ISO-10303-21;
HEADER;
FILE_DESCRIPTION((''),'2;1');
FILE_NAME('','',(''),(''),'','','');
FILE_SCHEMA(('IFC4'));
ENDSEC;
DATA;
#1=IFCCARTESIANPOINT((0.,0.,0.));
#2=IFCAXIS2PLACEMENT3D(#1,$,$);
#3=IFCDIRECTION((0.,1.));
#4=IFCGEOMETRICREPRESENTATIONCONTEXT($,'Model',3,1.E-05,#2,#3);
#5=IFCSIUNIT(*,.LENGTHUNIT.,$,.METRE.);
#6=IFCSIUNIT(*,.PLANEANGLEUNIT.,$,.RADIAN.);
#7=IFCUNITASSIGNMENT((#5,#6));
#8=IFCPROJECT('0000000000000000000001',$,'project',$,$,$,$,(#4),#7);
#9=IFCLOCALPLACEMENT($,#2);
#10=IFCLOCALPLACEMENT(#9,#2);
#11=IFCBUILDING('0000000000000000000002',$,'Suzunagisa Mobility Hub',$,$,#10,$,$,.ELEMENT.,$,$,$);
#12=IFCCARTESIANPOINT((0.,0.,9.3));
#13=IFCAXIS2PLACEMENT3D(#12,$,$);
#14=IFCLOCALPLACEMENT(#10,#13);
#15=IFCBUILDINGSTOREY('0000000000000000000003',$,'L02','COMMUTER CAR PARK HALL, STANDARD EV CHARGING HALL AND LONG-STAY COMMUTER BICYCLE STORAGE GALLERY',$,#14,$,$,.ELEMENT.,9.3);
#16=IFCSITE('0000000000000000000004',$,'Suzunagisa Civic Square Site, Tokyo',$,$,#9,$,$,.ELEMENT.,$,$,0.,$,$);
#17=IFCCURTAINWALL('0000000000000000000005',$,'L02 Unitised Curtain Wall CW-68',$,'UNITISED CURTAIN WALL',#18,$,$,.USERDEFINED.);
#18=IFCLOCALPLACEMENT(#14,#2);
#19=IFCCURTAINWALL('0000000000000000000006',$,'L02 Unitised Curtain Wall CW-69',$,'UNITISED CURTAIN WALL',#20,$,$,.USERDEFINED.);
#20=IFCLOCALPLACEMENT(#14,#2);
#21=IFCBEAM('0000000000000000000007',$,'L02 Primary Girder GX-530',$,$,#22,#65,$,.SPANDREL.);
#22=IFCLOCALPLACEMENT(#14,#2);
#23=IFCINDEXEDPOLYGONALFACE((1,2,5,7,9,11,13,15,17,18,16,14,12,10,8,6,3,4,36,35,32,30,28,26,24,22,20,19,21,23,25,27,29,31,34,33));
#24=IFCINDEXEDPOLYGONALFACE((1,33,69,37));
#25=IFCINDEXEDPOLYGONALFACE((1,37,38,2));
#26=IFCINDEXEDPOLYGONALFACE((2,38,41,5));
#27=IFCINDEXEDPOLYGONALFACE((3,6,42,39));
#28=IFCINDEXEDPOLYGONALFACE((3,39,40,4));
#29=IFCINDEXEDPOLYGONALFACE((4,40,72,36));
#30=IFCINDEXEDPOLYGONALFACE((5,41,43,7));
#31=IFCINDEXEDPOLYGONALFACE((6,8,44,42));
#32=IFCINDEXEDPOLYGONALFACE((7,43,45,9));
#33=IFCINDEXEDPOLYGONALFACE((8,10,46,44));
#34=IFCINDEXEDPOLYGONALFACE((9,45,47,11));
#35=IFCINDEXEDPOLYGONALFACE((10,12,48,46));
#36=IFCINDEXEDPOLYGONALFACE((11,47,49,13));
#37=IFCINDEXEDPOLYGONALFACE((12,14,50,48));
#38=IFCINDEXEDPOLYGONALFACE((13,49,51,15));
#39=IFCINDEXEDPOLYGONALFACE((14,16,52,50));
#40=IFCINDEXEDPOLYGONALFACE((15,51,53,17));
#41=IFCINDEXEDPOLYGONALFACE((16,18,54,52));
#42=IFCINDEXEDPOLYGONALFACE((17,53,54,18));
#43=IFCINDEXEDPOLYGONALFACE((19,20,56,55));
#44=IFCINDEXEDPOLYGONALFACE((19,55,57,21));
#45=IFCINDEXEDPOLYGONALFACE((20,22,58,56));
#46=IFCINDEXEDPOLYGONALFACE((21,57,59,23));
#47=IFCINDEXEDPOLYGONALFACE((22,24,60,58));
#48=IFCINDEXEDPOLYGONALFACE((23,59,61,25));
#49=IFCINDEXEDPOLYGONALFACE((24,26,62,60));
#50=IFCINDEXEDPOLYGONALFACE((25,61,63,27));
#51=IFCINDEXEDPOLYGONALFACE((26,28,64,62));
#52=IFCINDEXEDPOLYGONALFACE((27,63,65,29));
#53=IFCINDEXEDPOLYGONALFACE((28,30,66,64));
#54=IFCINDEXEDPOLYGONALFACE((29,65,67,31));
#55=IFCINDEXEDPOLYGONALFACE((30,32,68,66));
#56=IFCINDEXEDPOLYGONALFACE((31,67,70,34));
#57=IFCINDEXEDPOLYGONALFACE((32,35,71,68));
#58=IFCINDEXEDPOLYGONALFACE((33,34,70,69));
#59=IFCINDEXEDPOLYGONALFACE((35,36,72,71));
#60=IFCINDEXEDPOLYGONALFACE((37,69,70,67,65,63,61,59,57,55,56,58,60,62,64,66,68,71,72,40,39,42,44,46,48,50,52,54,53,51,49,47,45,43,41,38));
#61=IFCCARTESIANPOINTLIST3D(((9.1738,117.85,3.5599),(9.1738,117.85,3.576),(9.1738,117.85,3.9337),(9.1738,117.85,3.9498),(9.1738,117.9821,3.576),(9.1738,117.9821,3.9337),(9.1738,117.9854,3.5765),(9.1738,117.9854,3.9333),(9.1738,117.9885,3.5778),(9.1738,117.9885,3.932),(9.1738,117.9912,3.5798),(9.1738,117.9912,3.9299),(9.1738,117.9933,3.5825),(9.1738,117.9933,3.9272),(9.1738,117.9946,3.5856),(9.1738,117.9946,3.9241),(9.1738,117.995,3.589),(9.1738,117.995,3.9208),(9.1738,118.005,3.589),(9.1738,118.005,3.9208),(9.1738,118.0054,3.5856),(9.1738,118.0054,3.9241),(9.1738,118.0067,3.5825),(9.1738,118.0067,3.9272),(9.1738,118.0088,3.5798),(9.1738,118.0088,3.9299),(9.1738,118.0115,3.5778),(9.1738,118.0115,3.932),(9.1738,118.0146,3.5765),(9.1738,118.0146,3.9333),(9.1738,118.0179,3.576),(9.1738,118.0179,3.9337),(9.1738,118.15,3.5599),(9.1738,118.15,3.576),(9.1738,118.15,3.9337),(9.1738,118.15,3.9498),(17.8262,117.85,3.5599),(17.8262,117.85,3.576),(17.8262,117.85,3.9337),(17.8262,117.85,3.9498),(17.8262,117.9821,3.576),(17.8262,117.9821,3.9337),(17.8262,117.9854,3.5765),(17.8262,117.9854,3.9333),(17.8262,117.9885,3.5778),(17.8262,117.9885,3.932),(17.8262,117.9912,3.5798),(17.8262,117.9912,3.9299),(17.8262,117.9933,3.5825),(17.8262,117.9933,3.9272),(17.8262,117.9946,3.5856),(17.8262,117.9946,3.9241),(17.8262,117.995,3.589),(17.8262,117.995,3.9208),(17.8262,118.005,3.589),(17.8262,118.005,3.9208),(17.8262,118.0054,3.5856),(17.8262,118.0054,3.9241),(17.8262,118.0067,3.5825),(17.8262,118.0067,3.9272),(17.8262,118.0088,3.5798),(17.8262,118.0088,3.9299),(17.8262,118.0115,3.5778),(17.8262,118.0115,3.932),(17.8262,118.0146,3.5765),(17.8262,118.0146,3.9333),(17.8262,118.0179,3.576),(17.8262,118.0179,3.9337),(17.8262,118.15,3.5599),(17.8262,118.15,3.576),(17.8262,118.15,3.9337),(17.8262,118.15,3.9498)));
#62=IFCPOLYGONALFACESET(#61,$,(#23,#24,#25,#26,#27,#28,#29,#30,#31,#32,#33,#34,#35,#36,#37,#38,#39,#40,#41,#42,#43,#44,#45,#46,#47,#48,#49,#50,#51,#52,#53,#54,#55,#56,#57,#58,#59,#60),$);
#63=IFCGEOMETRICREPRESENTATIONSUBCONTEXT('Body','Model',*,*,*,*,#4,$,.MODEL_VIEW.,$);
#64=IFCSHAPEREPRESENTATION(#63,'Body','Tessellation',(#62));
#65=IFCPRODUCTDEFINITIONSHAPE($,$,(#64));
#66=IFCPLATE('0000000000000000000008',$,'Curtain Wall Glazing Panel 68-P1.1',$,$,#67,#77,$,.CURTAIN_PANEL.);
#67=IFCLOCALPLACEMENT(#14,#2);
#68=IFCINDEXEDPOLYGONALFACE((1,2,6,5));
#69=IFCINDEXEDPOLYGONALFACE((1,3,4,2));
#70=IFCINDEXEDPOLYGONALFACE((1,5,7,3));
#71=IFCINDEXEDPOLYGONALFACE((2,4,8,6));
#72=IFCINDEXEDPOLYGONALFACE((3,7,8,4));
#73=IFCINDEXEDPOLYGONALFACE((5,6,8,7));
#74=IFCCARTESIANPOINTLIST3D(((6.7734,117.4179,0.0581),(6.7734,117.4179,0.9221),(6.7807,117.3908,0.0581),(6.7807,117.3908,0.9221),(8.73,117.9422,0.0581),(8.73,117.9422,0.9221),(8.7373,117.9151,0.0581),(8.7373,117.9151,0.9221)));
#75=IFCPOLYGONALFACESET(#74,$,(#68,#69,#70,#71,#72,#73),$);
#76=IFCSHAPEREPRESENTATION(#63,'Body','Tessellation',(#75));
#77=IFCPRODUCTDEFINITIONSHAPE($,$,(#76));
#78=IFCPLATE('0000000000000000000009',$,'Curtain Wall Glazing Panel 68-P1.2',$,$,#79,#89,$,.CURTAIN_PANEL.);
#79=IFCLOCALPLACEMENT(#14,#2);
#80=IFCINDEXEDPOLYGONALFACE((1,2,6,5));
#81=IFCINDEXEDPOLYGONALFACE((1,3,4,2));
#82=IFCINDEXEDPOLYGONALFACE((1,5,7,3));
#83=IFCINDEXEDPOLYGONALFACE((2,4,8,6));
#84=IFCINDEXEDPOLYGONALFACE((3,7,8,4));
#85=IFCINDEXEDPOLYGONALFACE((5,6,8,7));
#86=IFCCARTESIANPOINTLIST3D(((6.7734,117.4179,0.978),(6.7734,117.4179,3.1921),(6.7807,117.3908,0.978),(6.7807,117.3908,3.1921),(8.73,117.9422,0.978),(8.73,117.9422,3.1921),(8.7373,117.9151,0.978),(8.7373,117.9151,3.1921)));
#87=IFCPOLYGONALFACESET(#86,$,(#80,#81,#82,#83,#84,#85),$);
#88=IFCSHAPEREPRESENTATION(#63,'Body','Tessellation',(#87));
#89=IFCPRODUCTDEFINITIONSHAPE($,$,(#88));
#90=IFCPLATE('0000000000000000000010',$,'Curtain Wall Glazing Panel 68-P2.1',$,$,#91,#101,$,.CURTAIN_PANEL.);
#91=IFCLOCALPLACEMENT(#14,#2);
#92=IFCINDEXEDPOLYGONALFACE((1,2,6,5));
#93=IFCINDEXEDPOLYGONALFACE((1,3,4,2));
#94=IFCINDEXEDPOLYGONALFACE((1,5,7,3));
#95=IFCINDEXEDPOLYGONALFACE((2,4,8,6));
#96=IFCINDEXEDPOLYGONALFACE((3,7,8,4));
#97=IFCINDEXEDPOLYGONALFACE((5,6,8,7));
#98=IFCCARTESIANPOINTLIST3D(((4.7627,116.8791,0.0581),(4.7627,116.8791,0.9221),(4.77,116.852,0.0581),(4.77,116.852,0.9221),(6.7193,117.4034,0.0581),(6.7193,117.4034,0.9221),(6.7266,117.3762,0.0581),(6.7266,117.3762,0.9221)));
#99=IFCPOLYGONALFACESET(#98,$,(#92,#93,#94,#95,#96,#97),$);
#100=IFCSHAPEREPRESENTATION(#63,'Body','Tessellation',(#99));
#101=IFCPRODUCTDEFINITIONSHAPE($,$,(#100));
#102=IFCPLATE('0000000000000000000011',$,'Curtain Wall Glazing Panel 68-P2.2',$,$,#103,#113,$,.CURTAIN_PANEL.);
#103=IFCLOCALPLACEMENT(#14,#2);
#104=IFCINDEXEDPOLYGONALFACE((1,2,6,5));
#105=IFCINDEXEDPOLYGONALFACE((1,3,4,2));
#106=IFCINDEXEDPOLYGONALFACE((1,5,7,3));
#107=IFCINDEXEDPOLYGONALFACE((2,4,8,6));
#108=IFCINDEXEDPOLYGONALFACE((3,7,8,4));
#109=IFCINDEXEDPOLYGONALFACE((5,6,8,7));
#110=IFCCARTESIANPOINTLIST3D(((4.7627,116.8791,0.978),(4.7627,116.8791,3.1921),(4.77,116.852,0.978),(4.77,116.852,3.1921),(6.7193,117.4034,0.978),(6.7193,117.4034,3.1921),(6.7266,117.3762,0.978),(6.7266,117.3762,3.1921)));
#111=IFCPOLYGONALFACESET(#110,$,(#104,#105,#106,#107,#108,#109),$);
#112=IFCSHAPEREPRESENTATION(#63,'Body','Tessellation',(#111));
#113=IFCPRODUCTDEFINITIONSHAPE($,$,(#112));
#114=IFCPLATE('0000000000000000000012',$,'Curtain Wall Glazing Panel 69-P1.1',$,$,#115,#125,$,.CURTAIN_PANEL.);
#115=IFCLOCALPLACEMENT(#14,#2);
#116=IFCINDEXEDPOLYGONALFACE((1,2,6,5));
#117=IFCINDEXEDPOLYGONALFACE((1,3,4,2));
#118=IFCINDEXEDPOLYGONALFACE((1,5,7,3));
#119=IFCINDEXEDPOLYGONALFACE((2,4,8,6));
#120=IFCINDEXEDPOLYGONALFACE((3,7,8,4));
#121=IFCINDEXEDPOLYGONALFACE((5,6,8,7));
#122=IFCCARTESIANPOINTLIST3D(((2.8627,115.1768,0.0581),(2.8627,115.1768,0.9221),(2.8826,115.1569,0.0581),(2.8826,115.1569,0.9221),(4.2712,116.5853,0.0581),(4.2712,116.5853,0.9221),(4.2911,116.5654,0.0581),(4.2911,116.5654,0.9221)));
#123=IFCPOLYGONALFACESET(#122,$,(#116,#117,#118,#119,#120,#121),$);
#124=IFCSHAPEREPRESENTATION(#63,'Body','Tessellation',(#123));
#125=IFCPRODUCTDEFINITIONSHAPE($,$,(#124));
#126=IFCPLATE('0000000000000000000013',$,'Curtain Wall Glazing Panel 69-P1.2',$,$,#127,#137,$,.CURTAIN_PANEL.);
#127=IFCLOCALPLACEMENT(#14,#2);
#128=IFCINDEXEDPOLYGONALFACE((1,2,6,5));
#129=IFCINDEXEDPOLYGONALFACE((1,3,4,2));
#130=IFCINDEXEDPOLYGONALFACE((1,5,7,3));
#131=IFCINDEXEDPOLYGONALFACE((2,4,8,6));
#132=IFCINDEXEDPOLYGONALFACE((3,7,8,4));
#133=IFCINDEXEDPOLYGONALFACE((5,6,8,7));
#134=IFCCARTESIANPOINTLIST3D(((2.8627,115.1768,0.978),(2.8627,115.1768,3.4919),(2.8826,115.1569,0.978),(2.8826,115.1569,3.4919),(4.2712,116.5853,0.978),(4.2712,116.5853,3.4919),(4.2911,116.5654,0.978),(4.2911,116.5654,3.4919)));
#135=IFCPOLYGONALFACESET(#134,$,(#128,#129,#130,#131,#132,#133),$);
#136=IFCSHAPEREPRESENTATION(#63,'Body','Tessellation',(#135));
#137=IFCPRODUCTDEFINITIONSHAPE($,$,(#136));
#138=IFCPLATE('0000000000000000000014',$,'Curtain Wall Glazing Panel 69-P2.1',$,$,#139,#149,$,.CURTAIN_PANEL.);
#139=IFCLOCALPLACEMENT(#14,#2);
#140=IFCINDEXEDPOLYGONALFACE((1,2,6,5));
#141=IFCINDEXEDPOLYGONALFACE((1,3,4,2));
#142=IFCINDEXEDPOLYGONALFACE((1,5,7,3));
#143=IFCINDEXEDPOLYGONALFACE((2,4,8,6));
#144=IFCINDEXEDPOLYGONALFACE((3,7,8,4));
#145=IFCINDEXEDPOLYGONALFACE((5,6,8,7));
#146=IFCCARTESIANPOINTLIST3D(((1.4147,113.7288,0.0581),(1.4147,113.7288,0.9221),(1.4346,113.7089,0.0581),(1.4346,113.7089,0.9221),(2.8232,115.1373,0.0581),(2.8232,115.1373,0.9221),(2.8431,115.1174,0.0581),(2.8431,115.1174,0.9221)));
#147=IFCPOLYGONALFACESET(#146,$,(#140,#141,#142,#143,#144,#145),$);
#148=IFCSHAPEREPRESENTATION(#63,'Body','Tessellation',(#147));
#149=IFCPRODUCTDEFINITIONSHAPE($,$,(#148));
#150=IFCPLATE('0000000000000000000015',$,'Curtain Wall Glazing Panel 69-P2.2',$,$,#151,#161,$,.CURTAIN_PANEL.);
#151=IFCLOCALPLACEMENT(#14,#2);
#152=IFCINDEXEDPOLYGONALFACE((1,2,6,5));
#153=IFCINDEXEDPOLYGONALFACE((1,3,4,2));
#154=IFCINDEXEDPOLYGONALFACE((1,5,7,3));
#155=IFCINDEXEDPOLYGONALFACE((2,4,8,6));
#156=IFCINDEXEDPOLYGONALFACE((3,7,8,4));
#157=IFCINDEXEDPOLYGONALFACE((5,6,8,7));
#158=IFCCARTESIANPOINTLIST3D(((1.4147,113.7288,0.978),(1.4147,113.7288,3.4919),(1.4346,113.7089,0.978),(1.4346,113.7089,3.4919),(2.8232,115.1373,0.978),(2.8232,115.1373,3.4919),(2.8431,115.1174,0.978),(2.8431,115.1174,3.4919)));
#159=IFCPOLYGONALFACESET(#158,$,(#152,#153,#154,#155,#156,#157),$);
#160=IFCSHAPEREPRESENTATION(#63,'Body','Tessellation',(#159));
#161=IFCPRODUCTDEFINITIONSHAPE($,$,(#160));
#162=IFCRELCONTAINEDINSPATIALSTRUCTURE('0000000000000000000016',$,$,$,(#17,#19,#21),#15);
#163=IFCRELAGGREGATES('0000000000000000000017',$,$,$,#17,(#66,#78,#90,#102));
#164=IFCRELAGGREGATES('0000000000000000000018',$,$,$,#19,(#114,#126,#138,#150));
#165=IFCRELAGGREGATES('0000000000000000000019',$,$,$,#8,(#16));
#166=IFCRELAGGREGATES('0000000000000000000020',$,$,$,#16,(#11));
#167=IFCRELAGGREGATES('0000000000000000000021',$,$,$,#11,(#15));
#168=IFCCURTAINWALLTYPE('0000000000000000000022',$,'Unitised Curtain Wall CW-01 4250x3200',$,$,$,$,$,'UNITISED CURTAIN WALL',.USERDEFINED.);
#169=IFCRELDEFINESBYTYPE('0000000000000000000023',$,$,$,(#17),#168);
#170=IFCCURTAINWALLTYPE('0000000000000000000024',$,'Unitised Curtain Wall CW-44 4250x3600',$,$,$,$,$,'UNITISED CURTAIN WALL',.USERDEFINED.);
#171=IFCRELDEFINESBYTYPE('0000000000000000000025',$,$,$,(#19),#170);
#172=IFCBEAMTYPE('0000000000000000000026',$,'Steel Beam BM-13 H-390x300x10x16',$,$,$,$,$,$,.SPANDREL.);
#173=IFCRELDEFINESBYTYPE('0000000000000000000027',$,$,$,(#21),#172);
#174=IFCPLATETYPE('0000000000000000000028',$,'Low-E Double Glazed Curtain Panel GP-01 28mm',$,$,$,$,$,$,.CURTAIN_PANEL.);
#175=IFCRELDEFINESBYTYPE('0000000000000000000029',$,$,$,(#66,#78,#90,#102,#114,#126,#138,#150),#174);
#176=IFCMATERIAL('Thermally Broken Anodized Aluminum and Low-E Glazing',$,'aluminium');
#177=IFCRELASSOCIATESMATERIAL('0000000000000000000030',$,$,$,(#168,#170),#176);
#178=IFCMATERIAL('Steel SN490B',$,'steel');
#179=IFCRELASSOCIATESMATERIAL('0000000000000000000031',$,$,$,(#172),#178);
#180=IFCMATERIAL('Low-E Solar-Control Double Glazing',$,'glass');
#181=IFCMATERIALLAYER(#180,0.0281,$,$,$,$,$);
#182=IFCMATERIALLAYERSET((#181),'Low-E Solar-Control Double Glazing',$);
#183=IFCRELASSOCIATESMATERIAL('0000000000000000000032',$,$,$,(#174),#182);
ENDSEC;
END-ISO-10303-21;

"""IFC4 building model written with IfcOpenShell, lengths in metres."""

from ifc_helpers import new_model, si_unit, direction, frame, origin, origin_2d, place, context, subcontext, project, spatial, rectangle, i_section, extrude, material, layer, layer_set, material_profile, profile_set, type_object, element, aggregate, save


model = new_model("IFC4")

# Units and contexts
model_context = context("Model", 3, precision=1e-05, world=origin(), true_north=direction((0.0, 1.0)))
body_context = subcontext(model_context, "Body", "Model", "MODEL_VIEW")
ifc_project = project(units=[si_unit("LENGTHUNIT", "METRE"), si_unit("PLANEANGLEUNIT", "RADIAN")], contexts=[model_context])

# Site, building, storey
site_placement = place(None, origin())
site = spatial("IfcSite", under=ifc_project, at=site_placement, Name="Suzunagisa Civic Square Site, Tokyo", CompositionType="ELEMENT", RefElevation=0.0)
building_placement = place(site_placement, origin())
building = spatial("IfcBuilding", under=site, at=building_placement, Name="Suzunagisa Mobility Hub", CompositionType="ELEMENT")
storey_placement = place(building_placement, frame((0.0, 0.0, 9.3)))
storey = spatial("IfcBuildingStorey", under=building, at=storey_placement, Name="L02", Description="COMMUTER CAR PARK HALL, STANDARD EV CHARGING HALL AND LONG-STAY COMMUTER BICYCLE STORAGE GALLERY", CompositionType="ELEMENT", Elevation=9.3)

# Shared definitions
ifc_material_1 = material(Name="Steel SN490B", Category="steel")

# Curtain walls
ifc_material_2 = material(Name="Thermally Broken Anodized Aluminum and Low-E Glazing", Category="aluminium")
curtain_wall_type_1 = type_object("IfcCurtainWallType", Name="Unitised Curtain Wall CW-01 4250x3200", ElementType="UNITISED CURTAIN WALL", PredefinedType="USERDEFINED", material=ifc_material_2)
curtain_wall_1_placement = place(storey_placement, origin())
curtain_wall_1 = element("IfcCurtainWall", 1, at=curtain_wall_1_placement, inside=storey, type_object=curtain_wall_type_1, Name="L02 Unitised Curtain Wall CW-68", ObjectType="UNITISED CURTAIN WALL", PredefinedType="USERDEFINED")
curtain_wall_type_2 = type_object("IfcCurtainWallType", Name="Unitised Curtain Wall CW-44 4250x3600", ElementType="UNITISED CURTAIN WALL", PredefinedType="USERDEFINED", material=ifc_material_2)
curtain_wall_2_placement = place(storey_placement, origin())
curtain_wall_2 = element("IfcCurtainWall", 2, at=curtain_wall_2_placement, inside=storey, type_object=curtain_wall_type_2, Name="L02 Unitised Curtain Wall CW-69", ObjectType="UNITISED CURTAIN WALL", PredefinedType="USERDEFINED")

# Beam
ifc_material_profile_1 = material_profile(ifc_material_1, i_section(OverallWidth=0.3, OverallDepth=0.3899, WebThickness=0.01, FlangeThickness=0.0161, FilletRadius=0.0129, at=origin_2d()), Name="H-390x300x10x16")
ifc_profile_set_1 = profile_set([ifc_material_profile_1], Name="Steel SN490B")
beam_type_1 = type_object("IfcBeamType", Name="Steel Beam BM-13 H-390x300x10x16", PredefinedType="SPANDREL", material=ifc_profile_set_1)
beam_1_placement = place(storey_placement, frame((9.1738, 118.0, 3.7549), z_axis=(1.0, 0.0, 0.0), x_axis=(0.0, 1.0, 0.0)))
element("IfcBeam", 3, at=beam_1_placement, inside=storey, type_object=beam_type_1, Name="L02 Primary Girder GX-530", PredefinedType="SPANDREL", context=body_context, shape_type="SweptSolid", body=[
    extrude(i_section(OverallWidth=0.3, OverallDepth=0.3899, WebThickness=0.01, FlangeThickness=0.0161, FilletRadius=0.0129, at=origin_2d()), origin(), (0.0, 0.0, 1.0), 8.6523),
])

# Plates
ifc_material_3 = material(Name="Low-E Solar-Control Double Glazing", Category="glass")
ifc_layer = layer(ifc_material_3, 0.0281)
ifc_layer_set = layer_set([ifc_layer], Name="Low-E Solar-Control Double Glazing")
plate_type = type_object("IfcPlateType", Name="Low-E Double Glazed Curtain Panel GP-01 28mm", PredefinedType="CURTAIN_PANEL", material=ifc_layer_set)
plate_1_placement = place(storey_placement, frame((7.7554, 117.6665, 0.0581), z_axis=(0.0, 0.0, 1.0), x_axis=(-0.96593, -0.258803, 0.0)))
plate_1 = element("IfcPlate", 4, at=plate_1_placement, type_object=plate_type, Name="Curtain Wall Glazing Panel 68-P1.1", PredefinedType="CURTAIN_PANEL", context=body_context, shape_type="SweptSolid", body=[
    extrude(rectangle(XDim=2.0256, YDim=0.0281, at=origin_2d()), origin(), (0.0, 0.0, 1.0), 0.864),
])
plate_2_placement = place(storey_placement, frame((7.7554, 117.6665, 0.978), z_axis=(0.0, 0.0, 1.0), x_axis=(-0.96593, -0.258803, 0.0)))
plate_2 = element("IfcPlate", 5, at=plate_2_placement, type_object=plate_type, Name="Curtain Wall Glazing Panel 68-P1.2", PredefinedType="CURTAIN_PANEL", context=body_context, shape_type="SweptSolid", body=[
    extrude(rectangle(XDim=2.0256, YDim=0.0281, at=origin_2d()), origin(), (0.0, 0.0, 1.0), 2.2141),
])
plate_3_placement = place(storey_placement, frame((5.7446, 117.1277, 0.0581), z_axis=(0.0, 0.0, 1.0), x_axis=(-0.96593, -0.258803, 0.0)))
plate_3 = element("IfcPlate", 6, at=plate_3_placement, type_object=plate_type, Name="Curtain Wall Glazing Panel 68-P2.1", PredefinedType="CURTAIN_PANEL", context=body_context, shape_type="SweptSolid", body=[
    extrude(rectangle(XDim=2.0256, YDim=0.0281, at=origin_2d()), origin(), (0.0, 0.0, 1.0), 0.864),
])
plate_4_placement = place(storey_placement, frame((5.7446, 117.1277, 0.978), z_axis=(0.0, 0.0, 1.0), x_axis=(-0.96593, -0.258803, 0.0)))
plate_4 = element("IfcPlate", 7, at=plate_4_placement, type_object=plate_type, Name="Curtain Wall Glazing Panel 68-P2.2", PredefinedType="CURTAIN_PANEL", context=body_context, shape_type="SweptSolid", body=[
    extrude(rectangle(XDim=2.0256, YDim=0.0281, at=origin_2d()), origin(), (0.0, 0.0, 1.0), 2.2141),
])
aggregate(curtain_wall_1, [plate_1, plate_2, plate_3, plate_4])
plate_5_placement = place(storey_placement, frame((3.5769, 115.8711, 0.0581), z_axis=(0.0, 0.0, 1.0), x_axis=(-0.707107, -0.707107, 0.0)))
plate_5 = element("IfcPlate", 8, at=plate_5_placement, type_object=plate_type, Name="Curtain Wall Glazing Panel 69-P1.1", PredefinedType="CURTAIN_PANEL", context=body_context, shape_type="SweptSolid", body=[
    extrude(rectangle(XDim=1.9919, YDim=0.0281, at=origin_2d()), origin(), (0.0, 0.0, 1.0), 0.864),
])
plate_6_placement = place(storey_placement, frame((3.5769, 115.8711, 0.978), z_axis=(0.0, 0.0, 1.0), x_axis=(-0.707107, -0.707107, 0.0)))
plate_6 = element("IfcPlate", 9, at=plate_6_placement, type_object=plate_type, Name="Curtain Wall Glazing Panel 69-P1.2", PredefinedType="CURTAIN_PANEL", context=body_context, shape_type="SweptSolid", body=[
    extrude(rectangle(XDim=1.9919, YDim=0.0281, at=origin_2d()), origin(), (0.0, 0.0, 1.0), 2.5139),
])
plate_7_placement = place(storey_placement, frame((2.1289, 114.4231, 0.0581), z_axis=(0.0, 0.0, 1.0), x_axis=(-0.707107, -0.707107, 0.0)))
plate_7 = element("IfcPlate", 10, at=plate_7_placement, type_object=plate_type, Name="Curtain Wall Glazing Panel 69-P2.1", PredefinedType="CURTAIN_PANEL", context=body_context, shape_type="SweptSolid", body=[
    extrude(rectangle(XDim=1.9919, YDim=0.0281, at=origin_2d()), origin(), (0.0, 0.0, 1.0), 0.864),
])
plate_8_placement = place(storey_placement, frame((2.1289, 114.4231, 0.978), z_axis=(0.0, 0.0, 1.0), x_axis=(-0.707107, -0.707107, 0.0)))
plate_8 = element("IfcPlate", 11, at=plate_8_placement, type_object=plate_type, Name="Curtain Wall Glazing Panel 69-P2.2", PredefinedType="CURTAIN_PANEL", context=body_context, shape_type="SweptSolid", body=[
    extrude(rectangle(XDim=1.9919, YDim=0.0281, at=origin_2d()), origin(), (0.0, 0.0, 1.0), 2.5139),
])
aggregate(curtain_wall_2, [plate_5, plate_6, plate_7, plate_8])

save(model, "model.ifc")
